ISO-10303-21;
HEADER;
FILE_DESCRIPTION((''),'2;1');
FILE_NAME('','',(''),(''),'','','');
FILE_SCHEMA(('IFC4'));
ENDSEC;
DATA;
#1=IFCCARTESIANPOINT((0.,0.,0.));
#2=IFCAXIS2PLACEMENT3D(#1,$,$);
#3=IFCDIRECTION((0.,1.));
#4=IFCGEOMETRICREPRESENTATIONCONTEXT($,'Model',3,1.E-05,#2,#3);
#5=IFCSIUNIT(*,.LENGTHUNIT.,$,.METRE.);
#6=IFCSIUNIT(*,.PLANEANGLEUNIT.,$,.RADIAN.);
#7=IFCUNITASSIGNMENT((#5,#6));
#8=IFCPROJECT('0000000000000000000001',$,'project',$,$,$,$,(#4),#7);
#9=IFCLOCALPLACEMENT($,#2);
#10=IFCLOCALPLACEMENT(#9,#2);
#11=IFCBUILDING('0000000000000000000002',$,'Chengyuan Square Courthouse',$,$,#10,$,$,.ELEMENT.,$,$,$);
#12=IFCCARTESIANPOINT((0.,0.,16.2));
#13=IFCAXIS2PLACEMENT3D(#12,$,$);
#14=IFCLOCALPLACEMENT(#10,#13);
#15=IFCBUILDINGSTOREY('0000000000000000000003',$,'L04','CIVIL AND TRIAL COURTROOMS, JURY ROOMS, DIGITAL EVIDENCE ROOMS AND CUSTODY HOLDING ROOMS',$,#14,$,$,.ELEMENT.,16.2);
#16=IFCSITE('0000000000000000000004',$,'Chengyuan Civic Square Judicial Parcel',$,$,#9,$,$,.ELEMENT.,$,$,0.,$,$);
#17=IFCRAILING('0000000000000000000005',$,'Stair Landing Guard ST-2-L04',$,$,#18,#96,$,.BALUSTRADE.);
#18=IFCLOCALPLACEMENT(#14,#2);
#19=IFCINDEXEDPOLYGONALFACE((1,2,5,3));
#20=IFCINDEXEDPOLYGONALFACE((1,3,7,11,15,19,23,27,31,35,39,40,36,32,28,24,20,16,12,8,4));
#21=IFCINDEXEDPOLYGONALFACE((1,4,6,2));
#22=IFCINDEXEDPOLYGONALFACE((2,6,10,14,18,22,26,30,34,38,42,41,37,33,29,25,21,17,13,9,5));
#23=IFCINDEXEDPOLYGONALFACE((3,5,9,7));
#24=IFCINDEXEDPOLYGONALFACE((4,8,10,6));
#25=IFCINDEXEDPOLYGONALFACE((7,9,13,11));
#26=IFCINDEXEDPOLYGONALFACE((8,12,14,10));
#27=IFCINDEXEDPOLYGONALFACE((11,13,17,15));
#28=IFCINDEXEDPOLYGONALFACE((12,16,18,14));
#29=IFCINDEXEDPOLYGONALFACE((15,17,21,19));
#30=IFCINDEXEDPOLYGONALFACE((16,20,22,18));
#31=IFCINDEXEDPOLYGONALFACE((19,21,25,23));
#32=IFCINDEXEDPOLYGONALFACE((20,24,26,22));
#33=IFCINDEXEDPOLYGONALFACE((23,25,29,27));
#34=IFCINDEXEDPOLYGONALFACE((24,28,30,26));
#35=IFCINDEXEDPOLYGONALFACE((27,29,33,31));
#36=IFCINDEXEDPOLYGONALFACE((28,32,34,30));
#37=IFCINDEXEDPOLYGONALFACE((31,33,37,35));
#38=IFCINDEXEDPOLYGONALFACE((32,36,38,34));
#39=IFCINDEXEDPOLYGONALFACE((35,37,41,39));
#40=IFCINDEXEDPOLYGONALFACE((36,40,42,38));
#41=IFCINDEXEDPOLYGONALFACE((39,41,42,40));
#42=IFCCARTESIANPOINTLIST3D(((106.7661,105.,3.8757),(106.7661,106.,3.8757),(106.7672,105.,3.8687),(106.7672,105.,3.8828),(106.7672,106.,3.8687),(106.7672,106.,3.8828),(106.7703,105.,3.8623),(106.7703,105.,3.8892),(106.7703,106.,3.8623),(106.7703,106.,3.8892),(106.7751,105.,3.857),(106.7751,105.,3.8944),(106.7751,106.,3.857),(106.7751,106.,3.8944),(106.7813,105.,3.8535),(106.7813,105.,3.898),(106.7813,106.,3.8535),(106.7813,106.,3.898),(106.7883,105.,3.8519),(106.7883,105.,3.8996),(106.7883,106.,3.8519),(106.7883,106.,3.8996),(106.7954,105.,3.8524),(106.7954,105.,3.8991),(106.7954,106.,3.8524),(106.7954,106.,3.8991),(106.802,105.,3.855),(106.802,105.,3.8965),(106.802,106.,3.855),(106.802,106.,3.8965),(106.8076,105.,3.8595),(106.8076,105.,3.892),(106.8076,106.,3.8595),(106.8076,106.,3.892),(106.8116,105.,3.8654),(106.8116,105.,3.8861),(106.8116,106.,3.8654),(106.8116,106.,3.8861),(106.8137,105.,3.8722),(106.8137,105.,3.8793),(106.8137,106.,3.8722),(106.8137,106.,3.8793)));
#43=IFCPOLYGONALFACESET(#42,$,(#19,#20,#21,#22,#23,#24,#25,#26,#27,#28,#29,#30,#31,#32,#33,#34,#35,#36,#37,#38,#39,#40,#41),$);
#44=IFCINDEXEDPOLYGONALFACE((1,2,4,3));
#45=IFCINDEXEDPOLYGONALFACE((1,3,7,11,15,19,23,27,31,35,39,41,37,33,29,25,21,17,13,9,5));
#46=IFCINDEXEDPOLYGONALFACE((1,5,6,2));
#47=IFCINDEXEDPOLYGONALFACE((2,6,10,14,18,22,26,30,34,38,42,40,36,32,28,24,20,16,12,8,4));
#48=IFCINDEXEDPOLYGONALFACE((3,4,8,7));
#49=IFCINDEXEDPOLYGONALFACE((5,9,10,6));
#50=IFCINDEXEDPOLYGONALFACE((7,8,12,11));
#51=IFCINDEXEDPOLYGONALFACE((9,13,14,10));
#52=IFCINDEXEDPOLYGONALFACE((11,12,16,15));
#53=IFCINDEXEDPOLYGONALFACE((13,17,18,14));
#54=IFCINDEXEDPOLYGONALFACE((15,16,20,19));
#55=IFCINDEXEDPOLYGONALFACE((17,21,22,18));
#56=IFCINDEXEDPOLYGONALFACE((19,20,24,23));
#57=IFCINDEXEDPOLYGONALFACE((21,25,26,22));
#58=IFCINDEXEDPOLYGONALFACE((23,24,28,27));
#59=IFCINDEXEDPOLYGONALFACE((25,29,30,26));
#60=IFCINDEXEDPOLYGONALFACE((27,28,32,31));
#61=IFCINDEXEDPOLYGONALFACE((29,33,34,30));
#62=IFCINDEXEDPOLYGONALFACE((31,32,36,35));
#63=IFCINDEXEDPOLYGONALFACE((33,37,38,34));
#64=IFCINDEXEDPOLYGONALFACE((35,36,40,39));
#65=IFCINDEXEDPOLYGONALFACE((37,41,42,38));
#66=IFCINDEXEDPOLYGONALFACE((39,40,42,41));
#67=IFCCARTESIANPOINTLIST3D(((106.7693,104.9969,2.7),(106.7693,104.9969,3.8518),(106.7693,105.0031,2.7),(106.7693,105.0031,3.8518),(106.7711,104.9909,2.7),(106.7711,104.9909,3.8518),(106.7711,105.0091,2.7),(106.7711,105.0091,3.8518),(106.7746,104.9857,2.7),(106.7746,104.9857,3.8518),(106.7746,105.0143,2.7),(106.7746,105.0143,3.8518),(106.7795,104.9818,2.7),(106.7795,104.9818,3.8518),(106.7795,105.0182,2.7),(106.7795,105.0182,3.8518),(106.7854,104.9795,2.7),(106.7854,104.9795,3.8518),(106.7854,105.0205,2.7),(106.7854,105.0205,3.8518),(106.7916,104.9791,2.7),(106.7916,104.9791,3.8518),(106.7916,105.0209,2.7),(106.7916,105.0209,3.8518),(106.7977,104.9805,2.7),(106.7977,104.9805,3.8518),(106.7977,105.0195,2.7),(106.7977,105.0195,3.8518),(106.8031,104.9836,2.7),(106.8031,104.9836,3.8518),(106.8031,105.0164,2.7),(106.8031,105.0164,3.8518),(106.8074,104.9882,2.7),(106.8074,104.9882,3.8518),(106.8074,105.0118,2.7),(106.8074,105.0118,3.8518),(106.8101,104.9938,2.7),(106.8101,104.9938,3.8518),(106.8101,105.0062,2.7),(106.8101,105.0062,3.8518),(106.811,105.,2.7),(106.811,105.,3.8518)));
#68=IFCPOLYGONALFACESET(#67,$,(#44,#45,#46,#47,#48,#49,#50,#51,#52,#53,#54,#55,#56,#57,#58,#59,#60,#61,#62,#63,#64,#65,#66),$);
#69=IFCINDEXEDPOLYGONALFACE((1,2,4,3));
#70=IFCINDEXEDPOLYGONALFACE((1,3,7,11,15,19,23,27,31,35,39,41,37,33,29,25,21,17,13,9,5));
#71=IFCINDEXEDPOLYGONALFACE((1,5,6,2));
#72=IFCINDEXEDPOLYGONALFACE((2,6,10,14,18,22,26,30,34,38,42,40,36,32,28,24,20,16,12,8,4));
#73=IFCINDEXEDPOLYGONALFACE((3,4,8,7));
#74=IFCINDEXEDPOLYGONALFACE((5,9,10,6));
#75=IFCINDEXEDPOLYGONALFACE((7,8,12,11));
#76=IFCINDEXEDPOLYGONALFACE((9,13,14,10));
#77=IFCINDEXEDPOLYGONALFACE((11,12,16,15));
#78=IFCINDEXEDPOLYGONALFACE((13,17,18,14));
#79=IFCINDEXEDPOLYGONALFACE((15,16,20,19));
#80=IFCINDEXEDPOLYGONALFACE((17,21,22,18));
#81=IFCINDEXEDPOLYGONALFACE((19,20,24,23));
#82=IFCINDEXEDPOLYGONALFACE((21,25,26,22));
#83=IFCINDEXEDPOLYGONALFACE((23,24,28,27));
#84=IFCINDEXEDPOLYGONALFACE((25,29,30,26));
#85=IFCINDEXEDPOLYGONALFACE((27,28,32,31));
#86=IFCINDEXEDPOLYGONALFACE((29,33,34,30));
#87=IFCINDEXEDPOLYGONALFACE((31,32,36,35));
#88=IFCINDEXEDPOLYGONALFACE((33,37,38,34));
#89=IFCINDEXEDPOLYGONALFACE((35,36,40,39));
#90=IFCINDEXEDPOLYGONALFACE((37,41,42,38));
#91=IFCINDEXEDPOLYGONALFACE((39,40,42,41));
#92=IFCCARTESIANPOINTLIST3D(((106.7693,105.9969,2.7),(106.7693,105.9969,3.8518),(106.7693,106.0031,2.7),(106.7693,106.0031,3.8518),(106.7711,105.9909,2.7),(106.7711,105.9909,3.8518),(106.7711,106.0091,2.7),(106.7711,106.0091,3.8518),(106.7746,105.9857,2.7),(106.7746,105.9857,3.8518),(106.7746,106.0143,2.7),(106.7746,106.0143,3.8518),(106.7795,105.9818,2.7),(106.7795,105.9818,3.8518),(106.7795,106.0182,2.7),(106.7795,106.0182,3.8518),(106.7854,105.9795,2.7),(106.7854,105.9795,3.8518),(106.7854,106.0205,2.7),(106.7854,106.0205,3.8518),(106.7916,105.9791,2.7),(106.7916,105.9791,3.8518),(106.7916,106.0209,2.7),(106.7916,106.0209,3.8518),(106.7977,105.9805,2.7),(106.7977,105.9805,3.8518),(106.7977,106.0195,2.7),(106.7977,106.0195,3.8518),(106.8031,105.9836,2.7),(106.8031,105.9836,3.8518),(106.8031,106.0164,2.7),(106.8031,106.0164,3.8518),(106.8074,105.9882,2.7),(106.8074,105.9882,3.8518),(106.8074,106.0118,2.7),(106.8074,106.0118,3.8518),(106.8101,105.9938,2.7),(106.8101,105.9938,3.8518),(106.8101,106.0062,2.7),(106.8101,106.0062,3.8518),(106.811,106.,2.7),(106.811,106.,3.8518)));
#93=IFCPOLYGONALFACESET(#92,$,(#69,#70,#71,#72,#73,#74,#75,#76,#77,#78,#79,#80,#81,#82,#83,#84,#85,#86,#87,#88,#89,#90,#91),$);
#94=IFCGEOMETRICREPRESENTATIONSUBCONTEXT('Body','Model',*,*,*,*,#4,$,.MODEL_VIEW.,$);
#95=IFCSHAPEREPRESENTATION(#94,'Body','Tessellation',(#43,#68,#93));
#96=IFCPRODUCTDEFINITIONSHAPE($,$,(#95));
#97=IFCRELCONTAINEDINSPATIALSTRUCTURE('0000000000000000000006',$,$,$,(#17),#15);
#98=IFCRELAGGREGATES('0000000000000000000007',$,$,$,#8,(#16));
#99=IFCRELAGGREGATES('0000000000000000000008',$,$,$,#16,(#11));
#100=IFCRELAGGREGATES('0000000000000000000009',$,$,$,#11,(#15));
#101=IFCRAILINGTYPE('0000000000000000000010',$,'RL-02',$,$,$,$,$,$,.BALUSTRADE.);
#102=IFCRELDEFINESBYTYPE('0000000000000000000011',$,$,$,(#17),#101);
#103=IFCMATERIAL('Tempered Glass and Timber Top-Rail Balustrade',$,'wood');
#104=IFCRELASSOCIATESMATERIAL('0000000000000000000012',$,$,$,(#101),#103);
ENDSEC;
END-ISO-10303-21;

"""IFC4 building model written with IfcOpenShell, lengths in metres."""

from ifc_helpers import new_model, si_unit, direction, frame, origin, origin_2d, place, context, subcontext, project, spatial, circle, extrude, material, type_object, element, save


model = new_model("IFC4")

# Units and contexts
model_context = context("Model", 3, precision=1e-05, world=origin(), true_north=direction((0.0, 1.0)))
body_context = subcontext(model_context, "Body", "Model", "MODEL_VIEW")
ifc_project = project(units=[si_unit("LENGTHUNIT", "METRE"), si_unit("PLANEANGLEUNIT", "RADIAN")], contexts=[model_context])

# Site, building, storey
site_placement = place(None, origin())
site = spatial("IfcSite", under=ifc_project, at=site_placement, Name="Chengyuan Civic Square Judicial Parcel", CompositionType="ELEMENT", RefElevation=0.0)
building_placement = place(site_placement, origin())
building = spatial("IfcBuilding", under=site, at=building_placement, Name="Chengyuan Square Courthouse", CompositionType="ELEMENT")
storey_placement = place(building_placement, frame((0.0, 0.0, 16.2)))
storey = spatial("IfcBuildingStorey", under=building, at=storey_placement, Name="L04", Description="CIVIL AND TRIAL COURTROOMS, JURY ROOMS, DIGITAL EVIDENCE ROOMS AND CUSTODY HOLDING ROOMS", CompositionType="ELEMENT", Elevation=16.2)

# Railing
ifc_material_1 = material(Name="Tempered Glass and Timber Top-Rail Balustrade", Category="wood")
railing_type_1 = type_object("IfcRailingType", Name="RL-02", PredefinedType="BALUSTRADE", material=ifc_material_1)
for number, where, name in (
    (1, (106.79, 105.0, 2.7), "Stair Landing Guard ST-2-L04"),
):
    element("IfcRailing", number, at=place(storey_placement, frame(where)), inside=storey, type_object=railing_type_1, Name=name, PredefinedType="BALUSTRADE", context=body_context, shape_type="SweptSolid", body=[
        extrude(circle(Radius=0.0239, at=origin_2d()), frame((0.0, 0.0, 1.1758), z_axis=(0.0, 1.0, 0.0), x_axis=(-1.0, 0.0, 0.0)), (0.0, 0.0, 1.0), 1.0),
        extrude(circle(Radius=0.021, at=origin_2d()), origin(), (0.0, 0.0, 1.0), 1.1519),
        extrude(circle(Radius=0.021, at=origin_2d()), frame((0.0, 1.0, 0.0)), (0.0, 0.0, 1.0), 1.1519),
    ])

save(model, "model.ifc")
